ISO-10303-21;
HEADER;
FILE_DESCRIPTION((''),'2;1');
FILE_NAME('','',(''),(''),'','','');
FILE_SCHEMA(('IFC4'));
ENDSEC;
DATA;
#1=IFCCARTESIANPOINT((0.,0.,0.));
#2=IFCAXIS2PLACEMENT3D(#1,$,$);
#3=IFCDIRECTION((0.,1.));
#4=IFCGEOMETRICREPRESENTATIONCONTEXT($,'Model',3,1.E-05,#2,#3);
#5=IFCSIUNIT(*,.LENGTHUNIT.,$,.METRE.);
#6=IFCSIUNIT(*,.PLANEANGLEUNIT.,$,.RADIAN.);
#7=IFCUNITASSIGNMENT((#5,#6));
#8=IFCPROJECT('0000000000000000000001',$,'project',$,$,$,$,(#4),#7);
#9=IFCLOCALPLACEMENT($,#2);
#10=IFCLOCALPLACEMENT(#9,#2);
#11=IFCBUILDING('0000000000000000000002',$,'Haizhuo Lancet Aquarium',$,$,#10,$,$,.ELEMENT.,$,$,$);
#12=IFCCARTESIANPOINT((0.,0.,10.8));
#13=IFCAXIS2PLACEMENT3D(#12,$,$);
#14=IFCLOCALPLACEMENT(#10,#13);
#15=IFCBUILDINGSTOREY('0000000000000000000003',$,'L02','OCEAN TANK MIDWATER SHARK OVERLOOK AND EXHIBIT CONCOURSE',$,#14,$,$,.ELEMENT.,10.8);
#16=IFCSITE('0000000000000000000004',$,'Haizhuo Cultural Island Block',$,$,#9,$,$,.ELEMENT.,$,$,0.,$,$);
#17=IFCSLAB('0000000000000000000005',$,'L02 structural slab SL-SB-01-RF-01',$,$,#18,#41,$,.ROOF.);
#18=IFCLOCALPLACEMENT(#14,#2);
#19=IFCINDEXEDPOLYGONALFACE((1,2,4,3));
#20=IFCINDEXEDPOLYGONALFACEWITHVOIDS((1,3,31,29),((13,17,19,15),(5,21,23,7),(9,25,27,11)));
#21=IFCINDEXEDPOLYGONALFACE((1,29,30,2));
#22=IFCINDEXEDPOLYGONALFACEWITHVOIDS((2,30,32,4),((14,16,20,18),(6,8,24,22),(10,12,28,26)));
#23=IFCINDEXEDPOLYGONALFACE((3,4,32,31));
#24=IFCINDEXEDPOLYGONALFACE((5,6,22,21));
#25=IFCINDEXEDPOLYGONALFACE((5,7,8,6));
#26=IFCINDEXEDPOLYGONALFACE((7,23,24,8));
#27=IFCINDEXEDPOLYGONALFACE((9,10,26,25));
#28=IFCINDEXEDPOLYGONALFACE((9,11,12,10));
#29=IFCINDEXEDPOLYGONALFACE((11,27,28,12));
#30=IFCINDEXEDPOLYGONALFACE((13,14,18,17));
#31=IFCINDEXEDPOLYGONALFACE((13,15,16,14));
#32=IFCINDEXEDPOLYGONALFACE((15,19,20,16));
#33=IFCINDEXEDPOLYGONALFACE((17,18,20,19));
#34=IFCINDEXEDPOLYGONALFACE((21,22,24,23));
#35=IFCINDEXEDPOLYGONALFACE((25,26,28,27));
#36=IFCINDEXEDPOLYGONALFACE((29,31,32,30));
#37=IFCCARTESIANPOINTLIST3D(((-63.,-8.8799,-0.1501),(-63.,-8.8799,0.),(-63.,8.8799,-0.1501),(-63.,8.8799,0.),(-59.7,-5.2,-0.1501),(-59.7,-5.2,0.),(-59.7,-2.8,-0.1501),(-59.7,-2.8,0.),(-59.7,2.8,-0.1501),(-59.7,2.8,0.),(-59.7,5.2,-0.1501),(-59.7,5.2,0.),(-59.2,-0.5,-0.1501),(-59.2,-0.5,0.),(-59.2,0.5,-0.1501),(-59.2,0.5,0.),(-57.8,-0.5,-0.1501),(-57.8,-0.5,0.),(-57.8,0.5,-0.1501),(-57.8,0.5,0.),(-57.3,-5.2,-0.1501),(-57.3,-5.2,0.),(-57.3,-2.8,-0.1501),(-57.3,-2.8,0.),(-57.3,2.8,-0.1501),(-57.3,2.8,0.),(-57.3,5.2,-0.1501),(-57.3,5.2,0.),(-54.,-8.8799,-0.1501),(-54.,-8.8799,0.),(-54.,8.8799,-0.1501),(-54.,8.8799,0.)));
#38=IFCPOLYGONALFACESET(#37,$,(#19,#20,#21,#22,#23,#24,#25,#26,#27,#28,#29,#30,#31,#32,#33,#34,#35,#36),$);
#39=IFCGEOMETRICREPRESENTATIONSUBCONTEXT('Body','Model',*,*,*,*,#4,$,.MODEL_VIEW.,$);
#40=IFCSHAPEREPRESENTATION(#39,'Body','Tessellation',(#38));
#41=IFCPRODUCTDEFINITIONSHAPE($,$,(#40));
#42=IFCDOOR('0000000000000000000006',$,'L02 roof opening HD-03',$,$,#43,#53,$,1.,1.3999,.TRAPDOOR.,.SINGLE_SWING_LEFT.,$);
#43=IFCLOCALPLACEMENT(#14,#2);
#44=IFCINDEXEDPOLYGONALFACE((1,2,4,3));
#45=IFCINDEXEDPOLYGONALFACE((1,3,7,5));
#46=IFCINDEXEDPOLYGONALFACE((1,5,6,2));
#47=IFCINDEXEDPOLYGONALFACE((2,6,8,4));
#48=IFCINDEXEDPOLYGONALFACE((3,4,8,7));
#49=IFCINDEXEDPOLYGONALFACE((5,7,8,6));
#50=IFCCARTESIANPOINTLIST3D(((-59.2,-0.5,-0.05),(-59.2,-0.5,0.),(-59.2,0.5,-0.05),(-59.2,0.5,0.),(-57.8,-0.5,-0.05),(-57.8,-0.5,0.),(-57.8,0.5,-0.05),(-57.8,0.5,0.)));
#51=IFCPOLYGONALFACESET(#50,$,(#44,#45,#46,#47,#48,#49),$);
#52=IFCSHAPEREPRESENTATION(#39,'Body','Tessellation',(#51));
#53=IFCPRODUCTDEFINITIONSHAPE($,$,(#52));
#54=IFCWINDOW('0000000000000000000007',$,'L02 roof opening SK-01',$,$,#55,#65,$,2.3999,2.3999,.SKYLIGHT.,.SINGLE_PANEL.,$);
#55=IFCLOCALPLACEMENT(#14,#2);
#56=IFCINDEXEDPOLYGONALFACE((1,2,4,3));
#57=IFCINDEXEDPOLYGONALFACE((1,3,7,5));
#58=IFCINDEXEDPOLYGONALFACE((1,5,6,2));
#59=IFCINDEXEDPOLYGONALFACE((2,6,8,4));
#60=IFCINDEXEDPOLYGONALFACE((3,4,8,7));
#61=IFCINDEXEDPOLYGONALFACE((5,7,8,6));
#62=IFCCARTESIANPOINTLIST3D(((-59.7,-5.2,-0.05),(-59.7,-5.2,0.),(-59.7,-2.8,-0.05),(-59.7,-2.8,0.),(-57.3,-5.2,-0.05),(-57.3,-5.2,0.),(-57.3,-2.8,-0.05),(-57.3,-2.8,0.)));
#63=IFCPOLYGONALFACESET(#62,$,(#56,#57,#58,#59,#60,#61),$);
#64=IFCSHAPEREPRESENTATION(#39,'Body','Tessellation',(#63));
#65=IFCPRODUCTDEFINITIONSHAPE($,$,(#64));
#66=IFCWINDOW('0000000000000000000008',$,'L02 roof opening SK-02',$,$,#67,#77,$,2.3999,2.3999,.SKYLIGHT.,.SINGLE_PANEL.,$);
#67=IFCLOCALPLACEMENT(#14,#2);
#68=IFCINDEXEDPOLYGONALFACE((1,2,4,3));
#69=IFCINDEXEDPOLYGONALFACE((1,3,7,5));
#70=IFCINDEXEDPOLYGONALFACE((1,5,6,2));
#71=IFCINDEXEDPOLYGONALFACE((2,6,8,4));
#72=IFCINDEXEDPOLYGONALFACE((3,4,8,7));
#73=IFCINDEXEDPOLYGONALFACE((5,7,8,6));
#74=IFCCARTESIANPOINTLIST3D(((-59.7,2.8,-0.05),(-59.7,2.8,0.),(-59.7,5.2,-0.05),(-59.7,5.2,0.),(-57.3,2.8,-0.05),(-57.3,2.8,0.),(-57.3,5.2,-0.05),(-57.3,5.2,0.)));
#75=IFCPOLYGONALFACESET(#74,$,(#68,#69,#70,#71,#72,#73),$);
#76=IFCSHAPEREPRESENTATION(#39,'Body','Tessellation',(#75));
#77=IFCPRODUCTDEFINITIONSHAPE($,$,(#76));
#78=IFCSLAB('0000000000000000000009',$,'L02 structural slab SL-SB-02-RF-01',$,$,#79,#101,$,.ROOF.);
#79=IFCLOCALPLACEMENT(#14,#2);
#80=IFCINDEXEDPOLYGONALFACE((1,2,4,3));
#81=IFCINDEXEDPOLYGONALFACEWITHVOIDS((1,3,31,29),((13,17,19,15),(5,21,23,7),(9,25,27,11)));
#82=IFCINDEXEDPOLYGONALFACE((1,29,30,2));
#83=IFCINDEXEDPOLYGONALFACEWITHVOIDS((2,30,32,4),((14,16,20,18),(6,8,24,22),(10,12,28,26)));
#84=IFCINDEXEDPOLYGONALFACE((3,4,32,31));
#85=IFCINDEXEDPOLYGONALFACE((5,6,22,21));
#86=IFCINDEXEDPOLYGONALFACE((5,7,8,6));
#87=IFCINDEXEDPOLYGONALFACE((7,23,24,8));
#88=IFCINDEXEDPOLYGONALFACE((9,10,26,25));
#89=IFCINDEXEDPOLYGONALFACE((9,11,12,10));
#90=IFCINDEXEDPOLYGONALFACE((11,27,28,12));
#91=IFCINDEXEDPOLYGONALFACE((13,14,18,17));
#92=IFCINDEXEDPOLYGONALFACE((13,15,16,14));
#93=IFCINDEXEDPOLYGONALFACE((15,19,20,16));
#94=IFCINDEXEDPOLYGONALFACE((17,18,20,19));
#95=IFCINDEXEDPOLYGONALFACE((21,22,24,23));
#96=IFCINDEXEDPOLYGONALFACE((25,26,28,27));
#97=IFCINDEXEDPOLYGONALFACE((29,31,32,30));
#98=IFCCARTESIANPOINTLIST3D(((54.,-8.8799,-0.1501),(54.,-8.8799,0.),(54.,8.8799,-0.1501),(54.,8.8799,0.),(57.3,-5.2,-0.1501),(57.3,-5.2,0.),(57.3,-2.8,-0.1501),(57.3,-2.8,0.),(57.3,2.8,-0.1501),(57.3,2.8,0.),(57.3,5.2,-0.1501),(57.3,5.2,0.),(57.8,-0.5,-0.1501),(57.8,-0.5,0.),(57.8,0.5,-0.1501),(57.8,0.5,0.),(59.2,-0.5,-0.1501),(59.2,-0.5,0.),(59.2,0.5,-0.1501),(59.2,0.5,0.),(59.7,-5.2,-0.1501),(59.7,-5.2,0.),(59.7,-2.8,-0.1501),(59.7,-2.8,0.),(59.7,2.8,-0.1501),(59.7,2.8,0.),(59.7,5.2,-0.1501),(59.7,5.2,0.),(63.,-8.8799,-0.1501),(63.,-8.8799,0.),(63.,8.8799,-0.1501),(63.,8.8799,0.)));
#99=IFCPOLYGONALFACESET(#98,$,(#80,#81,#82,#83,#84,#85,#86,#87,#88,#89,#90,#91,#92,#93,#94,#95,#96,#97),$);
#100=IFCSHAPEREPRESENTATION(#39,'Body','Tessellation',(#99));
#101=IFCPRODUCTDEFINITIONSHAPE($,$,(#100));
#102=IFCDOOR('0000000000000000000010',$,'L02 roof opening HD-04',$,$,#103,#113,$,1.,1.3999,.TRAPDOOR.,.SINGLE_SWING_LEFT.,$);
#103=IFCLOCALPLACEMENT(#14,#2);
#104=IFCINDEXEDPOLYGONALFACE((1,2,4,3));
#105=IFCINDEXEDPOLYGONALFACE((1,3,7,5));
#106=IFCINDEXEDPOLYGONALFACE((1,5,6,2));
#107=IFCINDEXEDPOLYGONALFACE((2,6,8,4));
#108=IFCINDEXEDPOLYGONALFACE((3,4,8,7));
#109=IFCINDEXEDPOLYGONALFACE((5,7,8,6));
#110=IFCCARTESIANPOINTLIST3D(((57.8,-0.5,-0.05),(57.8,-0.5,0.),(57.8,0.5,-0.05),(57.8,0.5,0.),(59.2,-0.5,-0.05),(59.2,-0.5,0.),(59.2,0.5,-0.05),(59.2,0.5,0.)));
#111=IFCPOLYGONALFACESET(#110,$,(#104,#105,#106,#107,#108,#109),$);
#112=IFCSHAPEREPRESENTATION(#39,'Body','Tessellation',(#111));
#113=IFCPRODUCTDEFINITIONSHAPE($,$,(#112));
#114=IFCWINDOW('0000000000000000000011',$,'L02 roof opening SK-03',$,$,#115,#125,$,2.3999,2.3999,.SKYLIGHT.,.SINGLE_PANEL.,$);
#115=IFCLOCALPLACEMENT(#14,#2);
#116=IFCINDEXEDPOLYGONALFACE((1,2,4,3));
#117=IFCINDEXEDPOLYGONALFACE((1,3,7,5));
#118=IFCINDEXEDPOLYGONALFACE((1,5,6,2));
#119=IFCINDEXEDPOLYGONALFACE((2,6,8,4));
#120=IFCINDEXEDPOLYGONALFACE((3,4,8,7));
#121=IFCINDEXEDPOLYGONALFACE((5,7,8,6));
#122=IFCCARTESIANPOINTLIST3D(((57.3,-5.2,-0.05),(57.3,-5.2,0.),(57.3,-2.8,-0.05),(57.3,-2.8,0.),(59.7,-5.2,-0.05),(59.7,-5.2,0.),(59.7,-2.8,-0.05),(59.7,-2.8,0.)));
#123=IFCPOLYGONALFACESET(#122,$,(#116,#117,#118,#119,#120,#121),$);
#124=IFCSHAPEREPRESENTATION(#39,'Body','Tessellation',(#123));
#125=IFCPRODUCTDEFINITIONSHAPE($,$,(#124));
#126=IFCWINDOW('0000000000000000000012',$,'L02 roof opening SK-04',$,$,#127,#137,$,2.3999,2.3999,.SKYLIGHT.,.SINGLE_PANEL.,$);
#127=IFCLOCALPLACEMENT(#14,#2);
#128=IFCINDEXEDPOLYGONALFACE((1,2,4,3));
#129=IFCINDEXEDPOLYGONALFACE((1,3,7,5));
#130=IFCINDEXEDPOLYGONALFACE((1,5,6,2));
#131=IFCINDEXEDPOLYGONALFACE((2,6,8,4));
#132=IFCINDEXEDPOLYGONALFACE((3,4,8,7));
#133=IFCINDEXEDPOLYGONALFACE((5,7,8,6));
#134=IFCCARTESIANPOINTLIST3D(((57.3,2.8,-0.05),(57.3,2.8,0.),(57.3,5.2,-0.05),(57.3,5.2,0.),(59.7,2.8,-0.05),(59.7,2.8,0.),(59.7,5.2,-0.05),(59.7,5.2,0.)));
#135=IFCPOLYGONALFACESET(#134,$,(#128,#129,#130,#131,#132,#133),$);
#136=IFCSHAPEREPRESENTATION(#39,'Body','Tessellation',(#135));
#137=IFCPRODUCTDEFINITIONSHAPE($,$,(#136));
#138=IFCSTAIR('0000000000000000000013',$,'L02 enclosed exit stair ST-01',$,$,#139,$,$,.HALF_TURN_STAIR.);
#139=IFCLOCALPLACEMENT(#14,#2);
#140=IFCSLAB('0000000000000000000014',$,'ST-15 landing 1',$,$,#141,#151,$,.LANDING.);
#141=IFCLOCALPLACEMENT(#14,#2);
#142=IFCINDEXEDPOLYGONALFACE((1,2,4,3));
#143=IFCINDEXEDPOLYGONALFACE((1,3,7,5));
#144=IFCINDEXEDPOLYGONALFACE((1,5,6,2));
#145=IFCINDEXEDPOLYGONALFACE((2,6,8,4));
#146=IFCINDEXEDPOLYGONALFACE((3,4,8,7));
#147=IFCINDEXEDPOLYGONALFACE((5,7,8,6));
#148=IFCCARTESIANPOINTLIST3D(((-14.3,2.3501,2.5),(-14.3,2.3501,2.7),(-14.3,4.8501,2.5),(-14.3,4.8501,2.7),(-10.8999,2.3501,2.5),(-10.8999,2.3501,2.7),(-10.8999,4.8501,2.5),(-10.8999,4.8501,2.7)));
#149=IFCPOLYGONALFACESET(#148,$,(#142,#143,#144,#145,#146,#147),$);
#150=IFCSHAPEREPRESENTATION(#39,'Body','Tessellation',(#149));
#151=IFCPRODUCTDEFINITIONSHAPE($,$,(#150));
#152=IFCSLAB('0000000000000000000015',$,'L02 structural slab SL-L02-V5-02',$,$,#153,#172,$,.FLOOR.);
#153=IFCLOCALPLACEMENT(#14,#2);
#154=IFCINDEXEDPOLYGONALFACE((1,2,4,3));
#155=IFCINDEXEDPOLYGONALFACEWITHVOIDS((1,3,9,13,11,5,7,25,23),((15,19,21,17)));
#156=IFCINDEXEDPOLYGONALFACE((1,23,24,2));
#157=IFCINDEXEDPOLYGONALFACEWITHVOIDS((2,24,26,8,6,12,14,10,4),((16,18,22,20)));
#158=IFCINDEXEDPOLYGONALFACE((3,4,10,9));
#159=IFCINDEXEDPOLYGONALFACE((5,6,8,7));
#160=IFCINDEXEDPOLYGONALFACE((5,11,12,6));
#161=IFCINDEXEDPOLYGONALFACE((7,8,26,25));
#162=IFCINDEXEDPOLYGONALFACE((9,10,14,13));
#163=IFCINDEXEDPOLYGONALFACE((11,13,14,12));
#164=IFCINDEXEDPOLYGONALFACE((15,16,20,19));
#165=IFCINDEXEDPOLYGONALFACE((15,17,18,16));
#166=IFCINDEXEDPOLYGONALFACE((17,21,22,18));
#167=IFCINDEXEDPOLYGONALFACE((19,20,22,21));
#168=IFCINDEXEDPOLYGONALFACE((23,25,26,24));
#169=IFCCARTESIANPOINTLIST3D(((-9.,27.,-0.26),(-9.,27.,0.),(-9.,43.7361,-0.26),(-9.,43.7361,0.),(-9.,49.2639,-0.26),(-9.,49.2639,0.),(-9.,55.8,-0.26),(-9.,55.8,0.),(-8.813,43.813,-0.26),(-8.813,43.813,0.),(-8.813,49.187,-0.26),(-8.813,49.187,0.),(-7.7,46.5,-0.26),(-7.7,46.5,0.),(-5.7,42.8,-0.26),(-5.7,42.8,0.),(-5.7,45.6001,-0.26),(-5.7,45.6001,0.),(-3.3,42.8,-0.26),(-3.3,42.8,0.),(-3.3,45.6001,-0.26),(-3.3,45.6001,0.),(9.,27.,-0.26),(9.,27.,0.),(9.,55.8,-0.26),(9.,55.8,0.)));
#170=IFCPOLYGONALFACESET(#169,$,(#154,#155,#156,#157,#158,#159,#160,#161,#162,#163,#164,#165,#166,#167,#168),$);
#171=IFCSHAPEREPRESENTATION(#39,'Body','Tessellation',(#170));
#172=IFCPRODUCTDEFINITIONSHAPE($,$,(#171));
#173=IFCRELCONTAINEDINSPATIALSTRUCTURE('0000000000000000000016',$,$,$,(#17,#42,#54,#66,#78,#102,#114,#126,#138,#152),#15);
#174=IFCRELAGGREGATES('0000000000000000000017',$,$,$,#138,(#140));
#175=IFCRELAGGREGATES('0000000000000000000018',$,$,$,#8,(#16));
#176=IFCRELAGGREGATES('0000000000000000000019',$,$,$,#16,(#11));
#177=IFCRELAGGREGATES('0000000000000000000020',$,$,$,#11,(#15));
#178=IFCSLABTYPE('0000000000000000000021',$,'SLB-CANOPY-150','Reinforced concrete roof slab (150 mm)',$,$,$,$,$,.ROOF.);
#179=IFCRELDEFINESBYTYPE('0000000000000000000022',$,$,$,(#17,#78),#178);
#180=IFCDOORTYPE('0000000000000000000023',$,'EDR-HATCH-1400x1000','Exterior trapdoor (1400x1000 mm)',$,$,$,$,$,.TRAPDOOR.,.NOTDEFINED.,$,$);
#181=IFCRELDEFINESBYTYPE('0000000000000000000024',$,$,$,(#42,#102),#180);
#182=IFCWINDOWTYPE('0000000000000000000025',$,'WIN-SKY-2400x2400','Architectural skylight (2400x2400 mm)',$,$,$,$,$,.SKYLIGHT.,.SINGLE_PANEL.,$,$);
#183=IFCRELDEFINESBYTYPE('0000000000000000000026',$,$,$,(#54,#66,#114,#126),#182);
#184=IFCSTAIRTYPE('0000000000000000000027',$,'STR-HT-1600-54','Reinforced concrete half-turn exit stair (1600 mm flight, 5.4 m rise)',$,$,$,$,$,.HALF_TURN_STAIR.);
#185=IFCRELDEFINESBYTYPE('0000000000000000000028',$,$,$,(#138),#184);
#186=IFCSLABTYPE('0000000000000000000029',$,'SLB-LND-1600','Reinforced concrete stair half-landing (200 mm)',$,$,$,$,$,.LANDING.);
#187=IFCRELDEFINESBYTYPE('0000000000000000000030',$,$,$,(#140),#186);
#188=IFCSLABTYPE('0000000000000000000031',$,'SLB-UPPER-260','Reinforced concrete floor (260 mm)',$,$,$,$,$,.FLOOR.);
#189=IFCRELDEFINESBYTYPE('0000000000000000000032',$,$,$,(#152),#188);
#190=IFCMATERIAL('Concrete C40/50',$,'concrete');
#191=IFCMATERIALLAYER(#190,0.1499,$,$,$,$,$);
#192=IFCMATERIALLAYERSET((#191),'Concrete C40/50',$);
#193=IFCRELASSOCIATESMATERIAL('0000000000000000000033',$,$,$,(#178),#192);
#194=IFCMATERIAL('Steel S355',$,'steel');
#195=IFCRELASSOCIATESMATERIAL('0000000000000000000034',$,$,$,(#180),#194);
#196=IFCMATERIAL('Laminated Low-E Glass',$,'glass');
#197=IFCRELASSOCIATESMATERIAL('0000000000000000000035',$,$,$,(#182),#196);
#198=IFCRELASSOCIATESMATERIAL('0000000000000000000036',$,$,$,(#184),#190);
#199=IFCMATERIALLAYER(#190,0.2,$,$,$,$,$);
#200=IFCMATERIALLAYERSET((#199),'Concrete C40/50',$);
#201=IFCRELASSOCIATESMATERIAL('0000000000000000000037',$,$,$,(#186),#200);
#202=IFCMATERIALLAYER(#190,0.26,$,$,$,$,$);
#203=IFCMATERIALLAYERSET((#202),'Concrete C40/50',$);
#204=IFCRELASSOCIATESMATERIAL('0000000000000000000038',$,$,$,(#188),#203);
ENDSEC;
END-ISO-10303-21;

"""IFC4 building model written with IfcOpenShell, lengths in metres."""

from ifc_helpers import new_model, si_unit, direction, frame, origin, origin_2d, place, context, subcontext, project, spatial, polyline, rectangle, outline, extrude, material, layer, layer_set, type_object, element, fill, aggregate, save


model = new_model("IFC4")

# Units and contexts
model_context = context("Model", 3, precision=1e-05, world=origin(), true_north=direction((0.0, 1.0)))
body_context = subcontext(model_context, "Body", "Model", "MODEL_VIEW")
ifc_project = project(units=[si_unit("LENGTHUNIT", "METRE"), si_unit("PLANEANGLEUNIT", "RADIAN")], contexts=[model_context])

# Site, building, storey
site_placement = place(None, origin())
site = spatial("IfcSite", under=ifc_project, at=site_placement, Name="Haizhuo Cultural Island Block", CompositionType="ELEMENT", RefElevation=0.0)
building_placement = place(site_placement, origin())
building = spatial("IfcBuilding", under=site, at=building_placement, Name="Haizhuo Lancet Aquarium", CompositionType="ELEMENT")
storey_placement = place(building_placement, frame((0.0, 0.0, 10.8)))
storey = spatial("IfcBuildingStorey", under=building, at=storey_placement, Name="L02", Description="OCEAN TANK MIDWATER SHARK OVERLOOK AND EXHIBIT CONCOURSE", CompositionType="ELEMENT", Elevation=10.8)

# Shared definitions
ifc_material_1 = material(Name="Concrete C40/50", Category="concrete")
ifc_material_2 = material(Name="Steel S355", Category="steel")

# Slabs, openings, doors, windows
ifc_layer_1 = layer(ifc_material_1, 0.1499)
ifc_layer_set_1 = layer_set([ifc_layer_1], Name="Concrete C40/50")
slab_type_1 = type_object("IfcSlabType", Name="SLB-CANOPY-150", Description="Reinforced concrete roof slab (150 mm)", PredefinedType="ROOF", material=ifc_layer_set_1)
slab_1_placement = place(storey_placement, frame((0.0, 0.0, -0.1501)))
slab_1 = element("IfcSlab", 1, at=slab_1_placement, inside=storey, type_object=slab_type_1, Name="L02 structural slab SL-SB-01-RF-01", PredefinedType="ROOF", context=body_context, shape_type="SweptSolid", body=[
    extrude(outline(polyline([(-63.0, -8.8799), (-54.0, -8.8799), (-54.0, 8.8799), (-63.0, 8.8799), (-63.0, -8.8799)])), origin(), (0.0, 0.0, 1.0), 0.1501),
])
opening_1_placement = place(slab_1_placement, frame((-58.5, -4.0, 0.0)))
opening_1 = element("IfcOpeningElement", 2, at=opening_1_placement, cuts=slab_1, PredefinedType="OPENING", context=body_context, shape_type="SweptSolid", body=[
    extrude(rectangle(XDim=2.3999, YDim=2.3999, at=origin_2d()), origin(), (0.0, 0.0, 1.0), 0.1501),
])
opening_2_placement = place(slab_1_placement, frame((-58.5, 4.0, 0.0)))
opening_2 = element("IfcOpeningElement", 3, at=opening_2_placement, cuts=slab_1, PredefinedType="OPENING", context=body_context, shape_type="SweptSolid", body=[
    extrude(rectangle(XDim=2.3999, YDim=2.3999, at=origin_2d()), origin(), (0.0, 0.0, 1.0), 0.1501),
])
opening_3_placement = place(slab_1_placement, frame((-58.5, 0.0, 0.0)))
opening_3 = element("IfcOpeningElement", 4, at=opening_3_placement, cuts=slab_1, PredefinedType="OPENING", context=body_context, shape_type="SweptSolid", body=[
    extrude(rectangle(XDim=1.3999, YDim=1.0, at=origin_2d()), origin(), (0.0, 0.0, 1.0), 0.1501),
])
door_type_1 = type_object("IfcDoorType", Name="EDR-HATCH-1400x1000", Description="Exterior trapdoor (1400x1000 mm)", OperationType="NOTDEFINED", PredefinedType="TRAPDOOR", material=ifc_material_2)
door_1_placement = place(opening_3_placement, frame((0.0, 0.0, 0.1001)))
door_1 = element("IfcDoor", 5, at=door_1_placement, inside=storey, type_object=door_type_1, Name="L02 roof opening HD-03", OperationType="SINGLE_SWING_LEFT", OverallHeight=1.0, OverallWidth=1.3999, PredefinedType="TRAPDOOR", context=body_context, shape_type="SweptSolid", body=[
    extrude(rectangle(XDim=1.3999, YDim=1.0, at=origin_2d()), origin(), (0.0, 0.0, 1.0), 0.05),
])
fill(opening_3, door_1)
ifc_material_3 = material(Name="Laminated Low-E Glass", Category="glass")
window_type = type_object("IfcWindowType", Name="WIN-SKY-2400x2400", Description="Architectural skylight (2400x2400 mm)", PartitioningType="SINGLE_PANEL", PredefinedType="SKYLIGHT", material=ifc_material_3)
window_1_placement = place(opening_1_placement, frame((0.0, 0.0, 0.1001)))
window_1 = element("IfcWindow", 6, at=window_1_placement, inside=storey, type_object=window_type, Name="L02 roof opening SK-01", OverallHeight=2.3999, OverallWidth=2.3999, PartitioningType="SINGLE_PANEL", PredefinedType="SKYLIGHT", context=body_context, shape_type="SweptSolid", body=[
    extrude(rectangle(XDim=2.3999, YDim=2.3999, at=origin_2d()), origin(), (0.0, 0.0, 1.0), 0.05),
])
fill(opening_1, window_1)
window_2_placement = place(opening_2_placement, frame((0.0, 0.0, 0.1001)))
window_2 = element("IfcWindow", 7, at=window_2_placement, inside=storey, type_object=window_type, Name="L02 roof opening SK-02", OverallHeight=2.3999, OverallWidth=2.3999, PartitioningType="SINGLE_PANEL", PredefinedType="SKYLIGHT", context=body_context, shape_type="SweptSolid", body=[
    extrude(rectangle(XDim=2.3999, YDim=2.3999, at=origin_2d()), origin(), (0.0, 0.0, 1.0), 0.05),
])
fill(opening_2, window_2)
slab_2_placement = place(storey_placement, frame((0.0, 0.0, -0.1501)))
slab_2 = element("IfcSlab", 8, at=slab_2_placement, inside=storey, type_object=slab_type_1, Name="L02 structural slab SL-SB-02-RF-01", PredefinedType="ROOF", context=body_context, shape_type="SweptSolid", body=[
    extrude(outline(polyline([(54.0, -8.8799), (63.0, -8.8799), (63.0, 8.8799), (54.0, 8.8799), (54.0, -8.8799)])), origin(), (0.0, 0.0, 1.0), 0.1501),
])
opening_4_placement = place(slab_2_placement, frame((58.5, -4.0, 0.0)))
opening_4 = element("IfcOpeningElement", 9, at=opening_4_placement, cuts=slab_2, PredefinedType="OPENING", context=body_context, shape_type="SweptSolid", body=[
    extrude(rectangle(XDim=2.3999, YDim=2.3999, at=origin_2d()), origin(), (0.0, 0.0, 1.0), 0.1501),
])
opening_5_placement = place(slab_2_placement, frame((58.5, 4.0, 0.0)))
opening_5 = element("IfcOpeningElement", 10, at=opening_5_placement, cuts=slab_2, PredefinedType="OPENING", context=body_context, shape_type="SweptSolid", body=[
    extrude(rectangle(XDim=2.3999, YDim=2.3999, at=origin_2d()), origin(), (0.0, 0.0, 1.0), 0.1501),
])
opening_6_placement = place(slab_2_placement, frame((58.5, 0.0, 0.0)))
opening_6 = element("IfcOpeningElement", 11, at=opening_6_placement, cuts=slab_2, PredefinedType="OPENING", context=body_context, shape_type="SweptSolid", body=[
    extrude(rectangle(XDim=1.3999, YDim=1.0, at=origin_2d()), origin(), (0.0, 0.0, 1.0), 0.1501),
])
door_2_placement = place(opening_6_placement, frame((0.0, 0.0, 0.1001)))
door_2 = element("IfcDoor", 12, at=door_2_placement, inside=storey, type_object=door_type_1, Name="L02 roof opening HD-04", OperationType="SINGLE_SWING_LEFT", OverallHeight=1.0, OverallWidth=1.3999, PredefinedType="TRAPDOOR", context=body_context, shape_type="SweptSolid", body=[
    extrude(rectangle(XDim=1.3999, YDim=1.0, at=origin_2d()), origin(), (0.0, 0.0, 1.0), 0.05),
])
fill(opening_6, door_2)
window_3_placement = place(opening_4_placement, frame((0.0, 0.0, 0.1001)))
window_3 = element("IfcWindow", 13, at=window_3_placement, inside=storey, type_object=window_type, Name="L02 roof opening SK-03", OverallHeight=2.3999, OverallWidth=2.3999, PartitioningType="SINGLE_PANEL", PredefinedType="SKYLIGHT", context=body_context, shape_type="SweptSolid", body=[
    extrude(rectangle(XDim=2.3999, YDim=2.3999, at=origin_2d()), origin(), (0.0, 0.0, 1.0), 0.05),
])
fill(opening_4, window_3)
window_4_placement = place(opening_5_placement, frame((0.0, 0.0, 0.1001)))
window_4 = element("IfcWindow", 14, at=window_4_placement, inside=storey, type_object=window_type, Name="L02 roof opening SK-04", OverallHeight=2.3999, OverallWidth=2.3999, PartitioningType="SINGLE_PANEL", PredefinedType="SKYLIGHT", context=body_context, shape_type="SweptSolid", body=[
    extrude(rectangle(XDim=2.3999, YDim=2.3999, at=origin_2d()), origin(), (0.0, 0.0, 1.0), 0.05),
])
fill(opening_5, window_4)

# Stair, slab
stair_type = type_object("IfcStairType", Name="STR-HT-1600-54", Description="Reinforced concrete half-turn exit stair (1600 mm flight, 5.4 m rise)", PredefinedType="HALF_TURN_STAIR", material=ifc_material_1)
stair_placement = place(storey_placement, origin())
stair = element("IfcStair", 15, at=stair_placement, inside=storey, type_object=stair_type, Name="L02 enclosed exit stair ST-01", PredefinedType="HALF_TURN_STAIR")
ifc_layer_2 = layer(ifc_material_1, 0.2)
ifc_layer_set_2 = layer_set([ifc_layer_2], Name="Concrete C40/50")
slab_type_2 = type_object("IfcSlabType", Name="SLB-LND-1600", Description="Reinforced concrete stair half-landing (200 mm)", PredefinedType="LANDING", material=ifc_layer_set_2)
slab_3_placement = place(storey_placement, frame((0.0, 0.0, 2.5)))
slab_3 = element("IfcSlab", 16, at=slab_3_placement, type_object=slab_type_2, Name="ST-15 landing 1", PredefinedType="LANDING", context=body_context, shape_type="SweptSolid", body=[
    extrude(outline(polyline([(-10.8999, 2.3501), (-10.8999, 4.8501), (-14.3, 4.8501), (-14.3, 2.3501), (-10.8999, 2.3501)])), origin(), (0.0, 0.0, 1.0), 0.2),
])
aggregate(stair, [slab_3])

# Slab
ifc_layer_3 = layer(ifc_material_1, 0.26)
ifc_layer_set_3 = layer_set([ifc_layer_3], Name="Concrete C40/50")
slab_type_3 = type_object("IfcSlabType", Name="SLB-UPPER-260", Description="Reinforced concrete floor (260 mm)", PredefinedType="FLOOR", material=ifc_layer_set_3)
slab_4_placement = place(storey_placement, frame((0.0, 0.0, -0.26)))
element("IfcSlab", 17, at=slab_4_placement, inside=storey, type_object=slab_type_3, Name="L02 structural slab SL-L02-V5-02", PredefinedType="FLOOR", context=body_context, shape_type="SweptSolid", body=[
    extrude(outline(polyline([(-9.0, 55.8), (-9.0, 49.2639), (-8.813, 49.187), (-7.7, 46.5), (-8.813, 43.813), (-9.0, 43.7361), (-9.0, 27.0), (9.0, 27.0), (9.0, 55.8), (-9.0, 55.8)]), holes=[polyline([(-5.7, 42.8), (-3.3, 42.8), (-3.3, 45.6001), (-5.7, 45.6001), (-5.7, 42.8)])]), origin(), (0.0, 0.0, 1.0), 0.26),
])

save(model, "model.ifc")
